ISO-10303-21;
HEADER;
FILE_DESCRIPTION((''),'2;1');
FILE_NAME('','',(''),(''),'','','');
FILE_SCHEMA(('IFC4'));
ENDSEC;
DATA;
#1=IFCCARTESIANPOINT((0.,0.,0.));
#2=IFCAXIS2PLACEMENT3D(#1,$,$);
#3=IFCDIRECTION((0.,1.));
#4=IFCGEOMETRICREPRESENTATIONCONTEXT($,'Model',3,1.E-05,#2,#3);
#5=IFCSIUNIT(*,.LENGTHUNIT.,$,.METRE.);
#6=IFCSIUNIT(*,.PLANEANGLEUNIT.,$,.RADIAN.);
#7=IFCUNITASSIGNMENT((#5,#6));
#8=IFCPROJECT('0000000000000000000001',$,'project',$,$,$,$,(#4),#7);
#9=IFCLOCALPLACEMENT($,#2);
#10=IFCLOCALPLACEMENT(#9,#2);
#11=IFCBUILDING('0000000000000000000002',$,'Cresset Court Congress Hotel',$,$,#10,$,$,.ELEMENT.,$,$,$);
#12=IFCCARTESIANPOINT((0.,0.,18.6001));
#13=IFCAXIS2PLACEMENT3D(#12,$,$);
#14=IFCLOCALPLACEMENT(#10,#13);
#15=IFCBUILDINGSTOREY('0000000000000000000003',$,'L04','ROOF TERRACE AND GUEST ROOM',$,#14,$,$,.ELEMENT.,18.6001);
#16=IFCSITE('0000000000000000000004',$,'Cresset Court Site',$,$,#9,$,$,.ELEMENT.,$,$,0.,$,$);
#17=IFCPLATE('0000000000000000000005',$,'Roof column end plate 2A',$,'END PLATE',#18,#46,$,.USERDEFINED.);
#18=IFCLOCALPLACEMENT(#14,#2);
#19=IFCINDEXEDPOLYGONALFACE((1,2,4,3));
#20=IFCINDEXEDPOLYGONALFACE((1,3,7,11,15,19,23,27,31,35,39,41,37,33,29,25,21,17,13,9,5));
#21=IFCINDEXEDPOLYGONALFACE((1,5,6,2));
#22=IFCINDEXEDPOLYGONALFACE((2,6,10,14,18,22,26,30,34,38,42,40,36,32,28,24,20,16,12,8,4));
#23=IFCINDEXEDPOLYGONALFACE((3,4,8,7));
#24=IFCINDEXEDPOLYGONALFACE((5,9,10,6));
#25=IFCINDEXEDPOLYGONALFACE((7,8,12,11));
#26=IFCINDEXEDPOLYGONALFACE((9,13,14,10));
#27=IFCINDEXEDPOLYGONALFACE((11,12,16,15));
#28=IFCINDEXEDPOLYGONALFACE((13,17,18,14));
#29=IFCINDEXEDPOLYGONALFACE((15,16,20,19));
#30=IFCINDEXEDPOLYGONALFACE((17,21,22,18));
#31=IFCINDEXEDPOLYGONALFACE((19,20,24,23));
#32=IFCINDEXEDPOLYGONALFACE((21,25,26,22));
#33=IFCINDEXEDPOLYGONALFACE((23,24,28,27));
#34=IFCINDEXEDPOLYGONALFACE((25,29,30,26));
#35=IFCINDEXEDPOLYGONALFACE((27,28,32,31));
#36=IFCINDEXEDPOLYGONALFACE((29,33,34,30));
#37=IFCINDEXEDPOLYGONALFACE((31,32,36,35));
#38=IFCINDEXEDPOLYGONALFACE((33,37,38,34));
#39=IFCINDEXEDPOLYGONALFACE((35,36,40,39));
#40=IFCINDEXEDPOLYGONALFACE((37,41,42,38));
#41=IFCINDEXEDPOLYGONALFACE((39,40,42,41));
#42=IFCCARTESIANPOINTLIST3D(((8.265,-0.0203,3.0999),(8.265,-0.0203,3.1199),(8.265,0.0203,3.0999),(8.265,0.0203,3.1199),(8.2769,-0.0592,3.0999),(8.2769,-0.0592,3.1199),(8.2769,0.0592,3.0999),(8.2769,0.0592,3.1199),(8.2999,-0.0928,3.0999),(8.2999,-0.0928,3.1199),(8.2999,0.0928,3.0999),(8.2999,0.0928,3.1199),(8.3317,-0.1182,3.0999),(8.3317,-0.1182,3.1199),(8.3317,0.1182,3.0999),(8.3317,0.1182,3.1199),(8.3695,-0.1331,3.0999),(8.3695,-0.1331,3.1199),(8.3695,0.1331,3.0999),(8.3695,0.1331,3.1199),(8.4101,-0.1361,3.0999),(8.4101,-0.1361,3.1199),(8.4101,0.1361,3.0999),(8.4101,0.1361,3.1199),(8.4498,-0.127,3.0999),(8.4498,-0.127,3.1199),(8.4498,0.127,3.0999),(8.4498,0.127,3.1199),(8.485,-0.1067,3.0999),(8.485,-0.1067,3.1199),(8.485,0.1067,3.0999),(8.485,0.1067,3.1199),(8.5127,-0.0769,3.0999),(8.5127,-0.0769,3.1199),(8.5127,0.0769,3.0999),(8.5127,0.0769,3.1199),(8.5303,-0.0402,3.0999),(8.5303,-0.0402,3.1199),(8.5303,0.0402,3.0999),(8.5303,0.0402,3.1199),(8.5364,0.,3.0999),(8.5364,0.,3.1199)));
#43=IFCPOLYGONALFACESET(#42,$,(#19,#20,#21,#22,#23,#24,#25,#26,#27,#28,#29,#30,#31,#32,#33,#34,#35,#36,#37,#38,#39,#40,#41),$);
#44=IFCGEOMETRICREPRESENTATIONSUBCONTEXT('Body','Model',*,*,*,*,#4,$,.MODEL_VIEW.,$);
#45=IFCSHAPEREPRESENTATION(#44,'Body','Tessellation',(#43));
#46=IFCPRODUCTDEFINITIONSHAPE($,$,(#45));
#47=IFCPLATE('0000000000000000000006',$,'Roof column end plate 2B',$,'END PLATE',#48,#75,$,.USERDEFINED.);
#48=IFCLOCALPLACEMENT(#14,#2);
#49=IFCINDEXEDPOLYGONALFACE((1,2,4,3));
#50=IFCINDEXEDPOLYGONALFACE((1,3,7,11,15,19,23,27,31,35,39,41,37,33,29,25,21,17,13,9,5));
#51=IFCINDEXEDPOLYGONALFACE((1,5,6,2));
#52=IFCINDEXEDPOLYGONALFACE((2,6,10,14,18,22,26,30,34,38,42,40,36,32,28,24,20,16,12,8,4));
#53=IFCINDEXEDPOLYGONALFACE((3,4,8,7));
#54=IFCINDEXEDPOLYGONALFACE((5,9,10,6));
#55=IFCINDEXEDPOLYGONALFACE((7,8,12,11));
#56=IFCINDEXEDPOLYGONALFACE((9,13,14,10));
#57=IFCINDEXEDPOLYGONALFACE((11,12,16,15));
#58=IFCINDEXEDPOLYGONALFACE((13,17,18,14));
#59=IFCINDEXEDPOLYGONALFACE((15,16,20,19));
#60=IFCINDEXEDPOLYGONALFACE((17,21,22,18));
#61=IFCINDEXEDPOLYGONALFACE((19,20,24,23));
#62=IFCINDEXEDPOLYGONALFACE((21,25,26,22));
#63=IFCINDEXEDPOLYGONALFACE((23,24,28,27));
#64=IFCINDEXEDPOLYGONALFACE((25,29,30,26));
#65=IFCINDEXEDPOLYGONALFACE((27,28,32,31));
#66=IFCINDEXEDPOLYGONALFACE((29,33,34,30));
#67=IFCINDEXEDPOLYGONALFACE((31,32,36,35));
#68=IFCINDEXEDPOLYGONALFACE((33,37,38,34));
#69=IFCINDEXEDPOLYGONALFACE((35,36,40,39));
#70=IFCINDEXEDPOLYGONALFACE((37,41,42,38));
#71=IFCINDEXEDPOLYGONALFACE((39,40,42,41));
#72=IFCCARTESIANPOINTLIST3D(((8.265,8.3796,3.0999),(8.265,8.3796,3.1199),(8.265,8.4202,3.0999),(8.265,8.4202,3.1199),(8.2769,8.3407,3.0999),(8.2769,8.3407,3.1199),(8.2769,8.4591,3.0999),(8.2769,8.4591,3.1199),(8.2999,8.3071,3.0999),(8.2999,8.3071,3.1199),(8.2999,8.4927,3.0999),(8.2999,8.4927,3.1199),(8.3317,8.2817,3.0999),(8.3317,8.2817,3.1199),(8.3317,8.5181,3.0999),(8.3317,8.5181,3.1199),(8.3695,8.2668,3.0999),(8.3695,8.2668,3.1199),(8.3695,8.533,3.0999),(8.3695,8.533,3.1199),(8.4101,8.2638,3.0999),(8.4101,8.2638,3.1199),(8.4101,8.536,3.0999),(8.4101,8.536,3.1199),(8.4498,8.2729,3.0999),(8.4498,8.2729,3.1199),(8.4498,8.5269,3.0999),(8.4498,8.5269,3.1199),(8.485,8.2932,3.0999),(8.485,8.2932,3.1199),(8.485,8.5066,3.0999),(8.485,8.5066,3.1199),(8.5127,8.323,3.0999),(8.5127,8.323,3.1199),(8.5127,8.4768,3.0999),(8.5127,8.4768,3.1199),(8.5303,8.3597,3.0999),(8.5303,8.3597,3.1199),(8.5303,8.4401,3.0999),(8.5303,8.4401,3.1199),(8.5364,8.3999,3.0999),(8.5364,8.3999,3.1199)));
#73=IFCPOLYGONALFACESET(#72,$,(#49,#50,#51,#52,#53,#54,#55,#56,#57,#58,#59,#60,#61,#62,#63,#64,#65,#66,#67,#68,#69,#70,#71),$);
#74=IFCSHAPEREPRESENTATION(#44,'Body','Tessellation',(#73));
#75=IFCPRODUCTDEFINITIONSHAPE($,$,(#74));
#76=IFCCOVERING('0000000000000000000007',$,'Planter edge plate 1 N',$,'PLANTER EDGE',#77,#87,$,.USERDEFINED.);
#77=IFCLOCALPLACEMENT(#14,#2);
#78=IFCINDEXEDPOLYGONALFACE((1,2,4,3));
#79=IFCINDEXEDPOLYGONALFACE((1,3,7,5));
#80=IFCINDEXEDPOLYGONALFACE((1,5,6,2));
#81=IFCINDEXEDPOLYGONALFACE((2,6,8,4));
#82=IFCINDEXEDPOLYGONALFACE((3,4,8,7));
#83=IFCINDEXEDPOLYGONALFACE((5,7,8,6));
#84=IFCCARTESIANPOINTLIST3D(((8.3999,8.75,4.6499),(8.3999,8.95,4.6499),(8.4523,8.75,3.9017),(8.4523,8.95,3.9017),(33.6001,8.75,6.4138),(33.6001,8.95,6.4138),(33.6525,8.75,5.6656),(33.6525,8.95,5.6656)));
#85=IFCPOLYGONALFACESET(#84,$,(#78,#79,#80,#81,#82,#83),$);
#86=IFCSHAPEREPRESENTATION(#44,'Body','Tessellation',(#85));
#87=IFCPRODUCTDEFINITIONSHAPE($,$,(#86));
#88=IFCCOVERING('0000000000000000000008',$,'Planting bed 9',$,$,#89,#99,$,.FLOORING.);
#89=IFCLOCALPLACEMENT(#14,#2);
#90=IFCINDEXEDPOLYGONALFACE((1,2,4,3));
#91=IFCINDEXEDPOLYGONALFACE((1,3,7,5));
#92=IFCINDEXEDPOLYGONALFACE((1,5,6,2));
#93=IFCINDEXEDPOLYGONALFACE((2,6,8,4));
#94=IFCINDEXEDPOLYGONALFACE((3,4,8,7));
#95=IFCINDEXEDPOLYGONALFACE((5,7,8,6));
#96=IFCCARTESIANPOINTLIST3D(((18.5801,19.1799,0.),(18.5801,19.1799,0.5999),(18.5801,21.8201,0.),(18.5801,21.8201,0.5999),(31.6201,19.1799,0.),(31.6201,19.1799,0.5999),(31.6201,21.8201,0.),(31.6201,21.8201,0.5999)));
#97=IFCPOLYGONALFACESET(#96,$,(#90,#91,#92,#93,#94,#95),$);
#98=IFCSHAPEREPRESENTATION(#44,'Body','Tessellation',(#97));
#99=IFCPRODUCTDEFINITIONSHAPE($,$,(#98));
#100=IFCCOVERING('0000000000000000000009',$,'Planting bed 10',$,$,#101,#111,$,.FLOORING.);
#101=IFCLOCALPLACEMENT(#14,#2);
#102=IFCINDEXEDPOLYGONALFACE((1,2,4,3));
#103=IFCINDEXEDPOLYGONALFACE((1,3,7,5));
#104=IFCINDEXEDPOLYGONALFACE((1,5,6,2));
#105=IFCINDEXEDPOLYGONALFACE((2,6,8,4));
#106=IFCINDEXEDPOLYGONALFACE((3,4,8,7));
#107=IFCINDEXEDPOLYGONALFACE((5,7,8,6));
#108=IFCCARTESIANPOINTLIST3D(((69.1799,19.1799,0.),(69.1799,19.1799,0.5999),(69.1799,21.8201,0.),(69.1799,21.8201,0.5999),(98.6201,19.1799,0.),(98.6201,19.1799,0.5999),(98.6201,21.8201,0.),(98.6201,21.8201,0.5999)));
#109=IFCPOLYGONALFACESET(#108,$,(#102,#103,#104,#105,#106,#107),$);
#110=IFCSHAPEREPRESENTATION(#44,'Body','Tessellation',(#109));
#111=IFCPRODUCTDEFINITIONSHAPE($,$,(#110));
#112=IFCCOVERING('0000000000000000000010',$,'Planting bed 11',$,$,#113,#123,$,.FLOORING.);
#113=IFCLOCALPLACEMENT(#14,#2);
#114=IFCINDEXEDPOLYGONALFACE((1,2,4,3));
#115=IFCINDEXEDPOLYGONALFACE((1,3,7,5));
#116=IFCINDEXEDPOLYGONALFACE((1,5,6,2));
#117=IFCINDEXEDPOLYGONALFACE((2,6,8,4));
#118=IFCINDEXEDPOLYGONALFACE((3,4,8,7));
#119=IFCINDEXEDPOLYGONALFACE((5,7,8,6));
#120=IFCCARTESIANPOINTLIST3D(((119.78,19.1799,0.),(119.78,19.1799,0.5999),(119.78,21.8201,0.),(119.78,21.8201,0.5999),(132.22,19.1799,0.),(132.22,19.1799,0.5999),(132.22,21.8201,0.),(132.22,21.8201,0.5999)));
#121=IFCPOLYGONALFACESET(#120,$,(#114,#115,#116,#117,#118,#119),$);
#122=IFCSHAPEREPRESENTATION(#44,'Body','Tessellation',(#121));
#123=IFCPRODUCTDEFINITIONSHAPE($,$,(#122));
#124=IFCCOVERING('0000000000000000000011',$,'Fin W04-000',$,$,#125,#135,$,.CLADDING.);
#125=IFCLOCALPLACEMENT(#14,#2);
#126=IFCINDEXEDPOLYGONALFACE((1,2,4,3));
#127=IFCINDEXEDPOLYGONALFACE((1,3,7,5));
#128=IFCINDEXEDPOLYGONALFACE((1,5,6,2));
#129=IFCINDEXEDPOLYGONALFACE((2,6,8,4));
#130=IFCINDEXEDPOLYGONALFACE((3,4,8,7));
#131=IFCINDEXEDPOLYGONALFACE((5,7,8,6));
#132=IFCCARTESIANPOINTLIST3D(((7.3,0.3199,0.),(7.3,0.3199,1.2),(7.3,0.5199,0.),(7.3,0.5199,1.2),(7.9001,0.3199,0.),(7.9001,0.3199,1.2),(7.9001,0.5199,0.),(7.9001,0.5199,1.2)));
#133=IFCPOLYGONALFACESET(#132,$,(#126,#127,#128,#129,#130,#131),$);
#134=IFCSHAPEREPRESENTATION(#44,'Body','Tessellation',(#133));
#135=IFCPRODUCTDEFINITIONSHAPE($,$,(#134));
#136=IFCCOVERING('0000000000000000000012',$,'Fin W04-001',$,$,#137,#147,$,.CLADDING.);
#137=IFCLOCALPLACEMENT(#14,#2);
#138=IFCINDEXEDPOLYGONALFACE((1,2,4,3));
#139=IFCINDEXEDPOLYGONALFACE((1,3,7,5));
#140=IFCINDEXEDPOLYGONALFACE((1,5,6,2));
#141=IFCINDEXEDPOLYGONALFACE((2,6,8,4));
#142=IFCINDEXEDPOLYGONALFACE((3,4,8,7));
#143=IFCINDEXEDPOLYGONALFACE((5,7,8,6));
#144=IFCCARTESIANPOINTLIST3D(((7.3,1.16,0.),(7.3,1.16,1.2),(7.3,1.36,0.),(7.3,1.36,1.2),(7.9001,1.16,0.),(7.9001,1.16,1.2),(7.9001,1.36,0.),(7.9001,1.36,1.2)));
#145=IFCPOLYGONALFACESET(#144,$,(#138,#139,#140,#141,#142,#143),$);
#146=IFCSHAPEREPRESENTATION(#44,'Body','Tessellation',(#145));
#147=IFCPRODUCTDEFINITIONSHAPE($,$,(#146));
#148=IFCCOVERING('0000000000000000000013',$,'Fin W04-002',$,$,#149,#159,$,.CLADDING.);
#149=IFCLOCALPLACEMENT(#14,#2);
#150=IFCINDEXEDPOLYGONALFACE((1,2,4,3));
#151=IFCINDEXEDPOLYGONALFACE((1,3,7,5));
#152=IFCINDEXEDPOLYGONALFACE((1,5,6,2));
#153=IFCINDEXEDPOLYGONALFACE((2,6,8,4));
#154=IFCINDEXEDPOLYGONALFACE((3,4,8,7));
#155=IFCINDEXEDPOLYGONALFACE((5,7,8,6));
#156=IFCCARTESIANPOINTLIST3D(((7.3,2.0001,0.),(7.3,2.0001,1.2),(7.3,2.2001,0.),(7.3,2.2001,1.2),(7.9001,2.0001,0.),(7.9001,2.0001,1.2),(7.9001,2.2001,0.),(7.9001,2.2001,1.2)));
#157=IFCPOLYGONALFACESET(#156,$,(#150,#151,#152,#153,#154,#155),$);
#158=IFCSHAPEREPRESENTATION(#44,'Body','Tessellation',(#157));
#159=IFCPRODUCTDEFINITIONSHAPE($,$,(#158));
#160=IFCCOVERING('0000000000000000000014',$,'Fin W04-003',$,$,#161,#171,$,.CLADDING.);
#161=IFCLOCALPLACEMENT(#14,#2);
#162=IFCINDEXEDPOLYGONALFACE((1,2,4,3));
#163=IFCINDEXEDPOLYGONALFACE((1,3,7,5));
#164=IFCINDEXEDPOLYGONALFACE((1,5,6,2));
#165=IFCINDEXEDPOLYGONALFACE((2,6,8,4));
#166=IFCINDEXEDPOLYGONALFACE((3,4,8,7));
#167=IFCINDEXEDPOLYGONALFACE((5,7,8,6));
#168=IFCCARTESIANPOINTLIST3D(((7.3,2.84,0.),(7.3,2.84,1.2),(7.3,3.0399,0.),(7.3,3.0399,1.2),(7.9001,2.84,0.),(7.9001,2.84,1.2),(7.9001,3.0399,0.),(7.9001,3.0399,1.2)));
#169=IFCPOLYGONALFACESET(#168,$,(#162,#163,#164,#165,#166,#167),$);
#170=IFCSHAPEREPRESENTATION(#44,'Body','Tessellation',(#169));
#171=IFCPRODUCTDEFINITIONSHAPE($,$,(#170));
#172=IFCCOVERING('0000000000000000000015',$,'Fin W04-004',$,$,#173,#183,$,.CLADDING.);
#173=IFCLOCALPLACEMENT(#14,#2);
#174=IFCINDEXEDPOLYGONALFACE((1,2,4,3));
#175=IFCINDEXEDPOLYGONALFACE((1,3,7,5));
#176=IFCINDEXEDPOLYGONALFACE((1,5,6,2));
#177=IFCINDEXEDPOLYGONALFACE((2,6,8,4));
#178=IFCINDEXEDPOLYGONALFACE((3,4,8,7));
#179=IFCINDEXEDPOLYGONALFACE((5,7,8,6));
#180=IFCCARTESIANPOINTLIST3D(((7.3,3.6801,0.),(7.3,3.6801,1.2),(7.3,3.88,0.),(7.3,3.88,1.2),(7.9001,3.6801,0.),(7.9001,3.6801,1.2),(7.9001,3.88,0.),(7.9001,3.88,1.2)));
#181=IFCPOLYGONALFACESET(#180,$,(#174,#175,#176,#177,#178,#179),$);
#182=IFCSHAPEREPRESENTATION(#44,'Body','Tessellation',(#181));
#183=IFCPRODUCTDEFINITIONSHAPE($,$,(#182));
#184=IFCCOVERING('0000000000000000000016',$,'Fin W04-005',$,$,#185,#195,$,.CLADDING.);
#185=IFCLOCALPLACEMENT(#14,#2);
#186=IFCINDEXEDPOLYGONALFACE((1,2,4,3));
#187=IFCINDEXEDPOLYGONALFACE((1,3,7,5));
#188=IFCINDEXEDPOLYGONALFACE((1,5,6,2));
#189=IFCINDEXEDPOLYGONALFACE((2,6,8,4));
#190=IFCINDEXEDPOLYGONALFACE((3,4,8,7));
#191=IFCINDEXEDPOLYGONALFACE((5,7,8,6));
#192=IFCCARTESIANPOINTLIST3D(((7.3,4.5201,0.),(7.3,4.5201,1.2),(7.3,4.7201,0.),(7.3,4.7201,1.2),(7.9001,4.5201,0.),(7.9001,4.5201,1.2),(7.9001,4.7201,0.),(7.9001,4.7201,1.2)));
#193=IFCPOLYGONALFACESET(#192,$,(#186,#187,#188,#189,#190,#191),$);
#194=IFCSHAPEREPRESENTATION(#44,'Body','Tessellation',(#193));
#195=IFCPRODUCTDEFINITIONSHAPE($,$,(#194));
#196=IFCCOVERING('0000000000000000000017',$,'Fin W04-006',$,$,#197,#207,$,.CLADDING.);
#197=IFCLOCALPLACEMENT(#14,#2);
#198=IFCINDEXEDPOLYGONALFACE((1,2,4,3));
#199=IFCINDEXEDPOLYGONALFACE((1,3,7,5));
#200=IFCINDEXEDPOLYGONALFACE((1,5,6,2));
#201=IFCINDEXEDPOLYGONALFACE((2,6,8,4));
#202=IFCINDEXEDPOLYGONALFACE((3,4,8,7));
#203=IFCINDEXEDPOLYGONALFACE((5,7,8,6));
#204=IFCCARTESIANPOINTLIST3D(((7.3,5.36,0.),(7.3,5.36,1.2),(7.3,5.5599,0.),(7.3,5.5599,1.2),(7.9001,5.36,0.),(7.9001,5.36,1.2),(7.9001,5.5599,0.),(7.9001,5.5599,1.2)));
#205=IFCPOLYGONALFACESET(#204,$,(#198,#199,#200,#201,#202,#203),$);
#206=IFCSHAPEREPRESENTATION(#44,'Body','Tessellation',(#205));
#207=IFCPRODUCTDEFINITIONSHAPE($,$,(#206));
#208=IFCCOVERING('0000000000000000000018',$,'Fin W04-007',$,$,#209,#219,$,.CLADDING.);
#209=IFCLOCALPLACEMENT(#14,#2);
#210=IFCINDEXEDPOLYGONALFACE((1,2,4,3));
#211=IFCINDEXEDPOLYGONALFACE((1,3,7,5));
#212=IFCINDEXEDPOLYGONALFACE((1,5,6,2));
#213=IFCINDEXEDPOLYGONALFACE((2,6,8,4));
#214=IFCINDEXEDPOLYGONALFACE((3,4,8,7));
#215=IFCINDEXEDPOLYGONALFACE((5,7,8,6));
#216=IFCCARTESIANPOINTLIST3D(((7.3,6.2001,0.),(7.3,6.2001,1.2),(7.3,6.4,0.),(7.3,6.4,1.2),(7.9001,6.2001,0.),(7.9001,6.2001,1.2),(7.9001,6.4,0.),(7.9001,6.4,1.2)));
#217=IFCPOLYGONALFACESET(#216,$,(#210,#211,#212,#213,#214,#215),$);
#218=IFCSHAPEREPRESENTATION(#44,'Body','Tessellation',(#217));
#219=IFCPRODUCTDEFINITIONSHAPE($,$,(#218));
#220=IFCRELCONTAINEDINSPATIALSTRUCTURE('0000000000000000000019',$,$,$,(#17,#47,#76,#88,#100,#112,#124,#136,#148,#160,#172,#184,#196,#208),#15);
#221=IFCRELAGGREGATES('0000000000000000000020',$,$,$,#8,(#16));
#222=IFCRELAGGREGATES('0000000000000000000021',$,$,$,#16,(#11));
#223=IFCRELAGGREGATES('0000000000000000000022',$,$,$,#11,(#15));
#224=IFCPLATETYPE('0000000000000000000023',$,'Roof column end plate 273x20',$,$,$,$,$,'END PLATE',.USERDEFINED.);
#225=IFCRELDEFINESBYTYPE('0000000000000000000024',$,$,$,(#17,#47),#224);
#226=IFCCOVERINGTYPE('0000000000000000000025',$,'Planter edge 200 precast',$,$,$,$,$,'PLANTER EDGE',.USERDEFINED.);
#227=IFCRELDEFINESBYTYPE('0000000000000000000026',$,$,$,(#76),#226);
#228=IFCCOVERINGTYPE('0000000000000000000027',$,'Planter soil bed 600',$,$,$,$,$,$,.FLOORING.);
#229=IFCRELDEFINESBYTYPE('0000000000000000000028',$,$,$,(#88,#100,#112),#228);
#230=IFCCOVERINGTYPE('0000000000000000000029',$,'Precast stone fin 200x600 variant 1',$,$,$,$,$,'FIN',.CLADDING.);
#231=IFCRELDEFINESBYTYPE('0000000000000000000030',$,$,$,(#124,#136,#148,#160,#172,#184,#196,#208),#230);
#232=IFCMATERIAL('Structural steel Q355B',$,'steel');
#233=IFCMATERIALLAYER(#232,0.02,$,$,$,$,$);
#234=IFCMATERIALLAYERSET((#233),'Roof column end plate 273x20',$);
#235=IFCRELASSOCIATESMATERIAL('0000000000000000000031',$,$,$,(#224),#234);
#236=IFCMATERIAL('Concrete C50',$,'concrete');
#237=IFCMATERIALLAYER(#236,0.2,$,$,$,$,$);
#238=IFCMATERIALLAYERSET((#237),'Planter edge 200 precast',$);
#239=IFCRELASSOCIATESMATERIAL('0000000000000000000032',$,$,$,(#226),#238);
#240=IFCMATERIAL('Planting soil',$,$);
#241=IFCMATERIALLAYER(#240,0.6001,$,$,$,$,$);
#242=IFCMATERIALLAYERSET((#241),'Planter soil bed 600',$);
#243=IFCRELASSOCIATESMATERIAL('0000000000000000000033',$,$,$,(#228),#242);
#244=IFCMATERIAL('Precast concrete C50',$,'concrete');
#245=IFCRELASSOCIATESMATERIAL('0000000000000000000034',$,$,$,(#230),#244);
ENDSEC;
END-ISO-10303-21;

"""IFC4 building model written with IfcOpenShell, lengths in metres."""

from ifc_helpers import new_model, si_unit, direction, frame, origin, origin_2d, place, context, subcontext, project, spatial, polyline, rectangle, circle, outline, extrude, material, layer, layer_set, type_object, element, save


model = new_model("IFC4")

# Units and contexts
model_context = context("Model", 3, precision=1e-05, world=origin(), true_north=direction((0.0, 1.0)))
body_context = subcontext(model_context, "Body", "Model", "MODEL_VIEW")
ifc_project = project(units=[si_unit("LENGTHUNIT", "METRE"), si_unit("PLANEANGLEUNIT", "RADIAN")], contexts=[model_context])

# Site, building, storey
site_placement = place(None, origin())
site = spatial("IfcSite", under=ifc_project, at=site_placement, Name="Cresset Court Site", CompositionType="ELEMENT", RefElevation=0.0)
building_placement = place(site_placement, origin())
building = spatial("IfcBuilding", under=site, at=building_placement, Name="Cresset Court Congress Hotel", CompositionType="ELEMENT")
storey_placement = place(building_placement, frame((0.0, 0.0, 18.6001)))
storey = spatial("IfcBuildingStorey", under=building, at=storey_placement, Name="L04", Description="ROOF TERRACE AND GUEST ROOM", CompositionType="ELEMENT", Elevation=18.6001)

# Plates
ifc_material_1 = material(Name="Structural steel Q355B", Category="steel")
ifc_layer_1 = layer(ifc_material_1, 0.02)
ifc_layer_set_1 = layer_set([ifc_layer_1], Name="Roof column end plate 273x20")
plate_type = type_object("IfcPlateType", Name="Roof column end plate 273x20", ElementType="END PLATE", PredefinedType="USERDEFINED", material=ifc_layer_set_1)
for number, where, z_axis, x_axis, name in (
    (1, (8.3999, 0.0, 3.0999), (0.0, 0.0, 1.0), (1.0, 0.0, 0.0), "Roof column end plate 2A"),
    (2, (8.3999, 8.3999, 3.0999), (0.0, 0.0, 1.0), (1.0, 0.0, 0.0), "Roof column end plate 2B"),
):
    element("IfcPlate", number, at=place(storey_placement, frame(where, z_axis=z_axis, x_axis=x_axis)), inside=storey, type_object=plate_type, Name=name, ObjectType="END PLATE", PredefinedType="USERDEFINED", context=body_context, shape_type="SweptSolid", body=[
        extrude(circle(Radius=0.1365, at=origin_2d()), origin(), (0.0, 0.0, 1.0), 0.02),
    ])

# Coverings
ifc_material_2 = material(Name="Concrete C50", Category="concrete")
ifc_layer_2 = layer(ifc_material_2, 0.2)
ifc_layer_set_2 = layer_set([ifc_layer_2], Name="Planter edge 200 precast")
covering_type_1 = type_object("IfcCoveringType", Name="Planter edge 200 precast", ElementType="PLANTER EDGE", PredefinedType="USERDEFINED", material=ifc_layer_set_2)
covering_1_placement = place(storey_placement, frame((8.3999, 8.75, 4.6499), z_axis=(-0.069825, 0.0, 0.997559), x_axis=(0.997559, 0.0, 0.069825)))
element("IfcCovering", 3, at=covering_1_placement, inside=storey, type_object=covering_type_1, Name="Planter edge plate 1 N", ObjectType="PLANTER EDGE", PredefinedType="USERDEFINED", context=body_context, shape_type="SweptSolid", body=[
    extrude(outline(polyline([(0.0, 0.0), (25.2619, 0.0), (25.2619, 0.2), (0.0, 0.2), (0.0, 0.0)])), origin(), (0.0, 0.0, -1.0), 0.75),
])
ifc_material_3 = material(Name="Planting soil")
ifc_layer_3 = layer(ifc_material_3, 0.6001)
ifc_layer_set_3 = layer_set([ifc_layer_3], Name="Planter soil bed 600")
covering_type_2 = type_object("IfcCoveringType", Name="Planter soil bed 600", PredefinedType="FLOORING", material=ifc_layer_set_3)
covering_2_placement = place(storey_placement, origin())
element("IfcCovering", 4, at=covering_2_placement, inside=storey, type_object=covering_type_2, Name="Planting bed 9", PredefinedType="FLOORING", context=body_context, shape_type="SweptSolid", body=[
    extrude(outline(polyline([(18.5801, 19.1799), (31.6201, 19.1799), (31.6201, 21.8201), (18.5801, 21.8201), (18.5801, 19.1799)])), origin(), (0.0, 0.0, 1.0), 0.5999),
])
covering_3_placement = place(storey_placement, origin())
element("IfcCovering", 5, at=covering_3_placement, inside=storey, type_object=covering_type_2, Name="Planting bed 10", PredefinedType="FLOORING", context=body_context, shape_type="SweptSolid", body=[
    extrude(outline(polyline([(69.1799, 19.1799), (98.6201, 19.1799), (98.6201, 21.8201), (69.1799, 21.8201), (69.1799, 19.1799)])), origin(), (0.0, 0.0, 1.0), 0.5999),
])
covering_4_placement = place(storey_placement, origin())
element("IfcCovering", 6, at=covering_4_placement, inside=storey, type_object=covering_type_2, Name="Planting bed 11", PredefinedType="FLOORING", context=body_context, shape_type="SweptSolid", body=[
    extrude(outline(polyline([(119.78, 19.1799), (132.22, 19.1799), (132.22, 21.8201), (119.78, 21.8201), (119.78, 19.1799)])), origin(), (0.0, 0.0, 1.0), 0.5999),
])
ifc_material_4 = material(Name="Precast concrete C50", Category="concrete")
covering_type_3 = type_object("IfcCoveringType", Name="Precast stone fin 200x600 variant 1", ElementType="FIN", PredefinedType="CLADDING", material=ifc_material_4)
for number, where, z_axis, x_axis, name in (
    (7, (7.6001, 0.4199, 0.0), (0.0, 0.0, 1.0), (1.0, 0.0, 0.0), "Fin W04-000"),
    (8, (7.6001, 1.26, 0.0), (0.0, 0.0, 1.0), (1.0, 0.0, 0.0), "Fin W04-001"),
    (9, (7.6001, 2.1001, 0.0), (0.0, 0.0, 1.0), (1.0, 0.0, 0.0), "Fin W04-002"),
    (10, (7.6001, 2.9399, 0.0), (0.0, 0.0, 1.0), (1.0, 0.0, 0.0), "Fin W04-003"),
    (11, (7.6001, 3.78, 0.0), (0.0, 0.0, 1.0), (1.0, 0.0, 0.0), "Fin W04-004"),
    (12, (7.6001, 4.6201, 0.0), (0.0, 0.0, 1.0), (1.0, 0.0, 0.0), "Fin W04-005"),
    (13, (7.6001, 5.46, 0.0), (0.0, 0.0, 1.0), (1.0, 0.0, 0.0), "Fin W04-006"),
    (14, (7.6001, 6.3, 0.0), (0.0, 0.0, 1.0), (1.0, 0.0, 0.0), "Fin W04-007"),
):
    element("IfcCovering", number, at=place(storey_placement, frame(where, z_axis=z_axis, x_axis=x_axis)), inside=storey, type_object=covering_type_3, Name=name, PredefinedType="CLADDING", context=body_context, shape_type="SweptSolid", body=[
        extrude(rectangle(XDim=0.6001, YDim=0.2, at=origin_2d()), origin(), (0.0, 0.0, 1.0), 1.2),
    ])

save(model, "model.ifc")
